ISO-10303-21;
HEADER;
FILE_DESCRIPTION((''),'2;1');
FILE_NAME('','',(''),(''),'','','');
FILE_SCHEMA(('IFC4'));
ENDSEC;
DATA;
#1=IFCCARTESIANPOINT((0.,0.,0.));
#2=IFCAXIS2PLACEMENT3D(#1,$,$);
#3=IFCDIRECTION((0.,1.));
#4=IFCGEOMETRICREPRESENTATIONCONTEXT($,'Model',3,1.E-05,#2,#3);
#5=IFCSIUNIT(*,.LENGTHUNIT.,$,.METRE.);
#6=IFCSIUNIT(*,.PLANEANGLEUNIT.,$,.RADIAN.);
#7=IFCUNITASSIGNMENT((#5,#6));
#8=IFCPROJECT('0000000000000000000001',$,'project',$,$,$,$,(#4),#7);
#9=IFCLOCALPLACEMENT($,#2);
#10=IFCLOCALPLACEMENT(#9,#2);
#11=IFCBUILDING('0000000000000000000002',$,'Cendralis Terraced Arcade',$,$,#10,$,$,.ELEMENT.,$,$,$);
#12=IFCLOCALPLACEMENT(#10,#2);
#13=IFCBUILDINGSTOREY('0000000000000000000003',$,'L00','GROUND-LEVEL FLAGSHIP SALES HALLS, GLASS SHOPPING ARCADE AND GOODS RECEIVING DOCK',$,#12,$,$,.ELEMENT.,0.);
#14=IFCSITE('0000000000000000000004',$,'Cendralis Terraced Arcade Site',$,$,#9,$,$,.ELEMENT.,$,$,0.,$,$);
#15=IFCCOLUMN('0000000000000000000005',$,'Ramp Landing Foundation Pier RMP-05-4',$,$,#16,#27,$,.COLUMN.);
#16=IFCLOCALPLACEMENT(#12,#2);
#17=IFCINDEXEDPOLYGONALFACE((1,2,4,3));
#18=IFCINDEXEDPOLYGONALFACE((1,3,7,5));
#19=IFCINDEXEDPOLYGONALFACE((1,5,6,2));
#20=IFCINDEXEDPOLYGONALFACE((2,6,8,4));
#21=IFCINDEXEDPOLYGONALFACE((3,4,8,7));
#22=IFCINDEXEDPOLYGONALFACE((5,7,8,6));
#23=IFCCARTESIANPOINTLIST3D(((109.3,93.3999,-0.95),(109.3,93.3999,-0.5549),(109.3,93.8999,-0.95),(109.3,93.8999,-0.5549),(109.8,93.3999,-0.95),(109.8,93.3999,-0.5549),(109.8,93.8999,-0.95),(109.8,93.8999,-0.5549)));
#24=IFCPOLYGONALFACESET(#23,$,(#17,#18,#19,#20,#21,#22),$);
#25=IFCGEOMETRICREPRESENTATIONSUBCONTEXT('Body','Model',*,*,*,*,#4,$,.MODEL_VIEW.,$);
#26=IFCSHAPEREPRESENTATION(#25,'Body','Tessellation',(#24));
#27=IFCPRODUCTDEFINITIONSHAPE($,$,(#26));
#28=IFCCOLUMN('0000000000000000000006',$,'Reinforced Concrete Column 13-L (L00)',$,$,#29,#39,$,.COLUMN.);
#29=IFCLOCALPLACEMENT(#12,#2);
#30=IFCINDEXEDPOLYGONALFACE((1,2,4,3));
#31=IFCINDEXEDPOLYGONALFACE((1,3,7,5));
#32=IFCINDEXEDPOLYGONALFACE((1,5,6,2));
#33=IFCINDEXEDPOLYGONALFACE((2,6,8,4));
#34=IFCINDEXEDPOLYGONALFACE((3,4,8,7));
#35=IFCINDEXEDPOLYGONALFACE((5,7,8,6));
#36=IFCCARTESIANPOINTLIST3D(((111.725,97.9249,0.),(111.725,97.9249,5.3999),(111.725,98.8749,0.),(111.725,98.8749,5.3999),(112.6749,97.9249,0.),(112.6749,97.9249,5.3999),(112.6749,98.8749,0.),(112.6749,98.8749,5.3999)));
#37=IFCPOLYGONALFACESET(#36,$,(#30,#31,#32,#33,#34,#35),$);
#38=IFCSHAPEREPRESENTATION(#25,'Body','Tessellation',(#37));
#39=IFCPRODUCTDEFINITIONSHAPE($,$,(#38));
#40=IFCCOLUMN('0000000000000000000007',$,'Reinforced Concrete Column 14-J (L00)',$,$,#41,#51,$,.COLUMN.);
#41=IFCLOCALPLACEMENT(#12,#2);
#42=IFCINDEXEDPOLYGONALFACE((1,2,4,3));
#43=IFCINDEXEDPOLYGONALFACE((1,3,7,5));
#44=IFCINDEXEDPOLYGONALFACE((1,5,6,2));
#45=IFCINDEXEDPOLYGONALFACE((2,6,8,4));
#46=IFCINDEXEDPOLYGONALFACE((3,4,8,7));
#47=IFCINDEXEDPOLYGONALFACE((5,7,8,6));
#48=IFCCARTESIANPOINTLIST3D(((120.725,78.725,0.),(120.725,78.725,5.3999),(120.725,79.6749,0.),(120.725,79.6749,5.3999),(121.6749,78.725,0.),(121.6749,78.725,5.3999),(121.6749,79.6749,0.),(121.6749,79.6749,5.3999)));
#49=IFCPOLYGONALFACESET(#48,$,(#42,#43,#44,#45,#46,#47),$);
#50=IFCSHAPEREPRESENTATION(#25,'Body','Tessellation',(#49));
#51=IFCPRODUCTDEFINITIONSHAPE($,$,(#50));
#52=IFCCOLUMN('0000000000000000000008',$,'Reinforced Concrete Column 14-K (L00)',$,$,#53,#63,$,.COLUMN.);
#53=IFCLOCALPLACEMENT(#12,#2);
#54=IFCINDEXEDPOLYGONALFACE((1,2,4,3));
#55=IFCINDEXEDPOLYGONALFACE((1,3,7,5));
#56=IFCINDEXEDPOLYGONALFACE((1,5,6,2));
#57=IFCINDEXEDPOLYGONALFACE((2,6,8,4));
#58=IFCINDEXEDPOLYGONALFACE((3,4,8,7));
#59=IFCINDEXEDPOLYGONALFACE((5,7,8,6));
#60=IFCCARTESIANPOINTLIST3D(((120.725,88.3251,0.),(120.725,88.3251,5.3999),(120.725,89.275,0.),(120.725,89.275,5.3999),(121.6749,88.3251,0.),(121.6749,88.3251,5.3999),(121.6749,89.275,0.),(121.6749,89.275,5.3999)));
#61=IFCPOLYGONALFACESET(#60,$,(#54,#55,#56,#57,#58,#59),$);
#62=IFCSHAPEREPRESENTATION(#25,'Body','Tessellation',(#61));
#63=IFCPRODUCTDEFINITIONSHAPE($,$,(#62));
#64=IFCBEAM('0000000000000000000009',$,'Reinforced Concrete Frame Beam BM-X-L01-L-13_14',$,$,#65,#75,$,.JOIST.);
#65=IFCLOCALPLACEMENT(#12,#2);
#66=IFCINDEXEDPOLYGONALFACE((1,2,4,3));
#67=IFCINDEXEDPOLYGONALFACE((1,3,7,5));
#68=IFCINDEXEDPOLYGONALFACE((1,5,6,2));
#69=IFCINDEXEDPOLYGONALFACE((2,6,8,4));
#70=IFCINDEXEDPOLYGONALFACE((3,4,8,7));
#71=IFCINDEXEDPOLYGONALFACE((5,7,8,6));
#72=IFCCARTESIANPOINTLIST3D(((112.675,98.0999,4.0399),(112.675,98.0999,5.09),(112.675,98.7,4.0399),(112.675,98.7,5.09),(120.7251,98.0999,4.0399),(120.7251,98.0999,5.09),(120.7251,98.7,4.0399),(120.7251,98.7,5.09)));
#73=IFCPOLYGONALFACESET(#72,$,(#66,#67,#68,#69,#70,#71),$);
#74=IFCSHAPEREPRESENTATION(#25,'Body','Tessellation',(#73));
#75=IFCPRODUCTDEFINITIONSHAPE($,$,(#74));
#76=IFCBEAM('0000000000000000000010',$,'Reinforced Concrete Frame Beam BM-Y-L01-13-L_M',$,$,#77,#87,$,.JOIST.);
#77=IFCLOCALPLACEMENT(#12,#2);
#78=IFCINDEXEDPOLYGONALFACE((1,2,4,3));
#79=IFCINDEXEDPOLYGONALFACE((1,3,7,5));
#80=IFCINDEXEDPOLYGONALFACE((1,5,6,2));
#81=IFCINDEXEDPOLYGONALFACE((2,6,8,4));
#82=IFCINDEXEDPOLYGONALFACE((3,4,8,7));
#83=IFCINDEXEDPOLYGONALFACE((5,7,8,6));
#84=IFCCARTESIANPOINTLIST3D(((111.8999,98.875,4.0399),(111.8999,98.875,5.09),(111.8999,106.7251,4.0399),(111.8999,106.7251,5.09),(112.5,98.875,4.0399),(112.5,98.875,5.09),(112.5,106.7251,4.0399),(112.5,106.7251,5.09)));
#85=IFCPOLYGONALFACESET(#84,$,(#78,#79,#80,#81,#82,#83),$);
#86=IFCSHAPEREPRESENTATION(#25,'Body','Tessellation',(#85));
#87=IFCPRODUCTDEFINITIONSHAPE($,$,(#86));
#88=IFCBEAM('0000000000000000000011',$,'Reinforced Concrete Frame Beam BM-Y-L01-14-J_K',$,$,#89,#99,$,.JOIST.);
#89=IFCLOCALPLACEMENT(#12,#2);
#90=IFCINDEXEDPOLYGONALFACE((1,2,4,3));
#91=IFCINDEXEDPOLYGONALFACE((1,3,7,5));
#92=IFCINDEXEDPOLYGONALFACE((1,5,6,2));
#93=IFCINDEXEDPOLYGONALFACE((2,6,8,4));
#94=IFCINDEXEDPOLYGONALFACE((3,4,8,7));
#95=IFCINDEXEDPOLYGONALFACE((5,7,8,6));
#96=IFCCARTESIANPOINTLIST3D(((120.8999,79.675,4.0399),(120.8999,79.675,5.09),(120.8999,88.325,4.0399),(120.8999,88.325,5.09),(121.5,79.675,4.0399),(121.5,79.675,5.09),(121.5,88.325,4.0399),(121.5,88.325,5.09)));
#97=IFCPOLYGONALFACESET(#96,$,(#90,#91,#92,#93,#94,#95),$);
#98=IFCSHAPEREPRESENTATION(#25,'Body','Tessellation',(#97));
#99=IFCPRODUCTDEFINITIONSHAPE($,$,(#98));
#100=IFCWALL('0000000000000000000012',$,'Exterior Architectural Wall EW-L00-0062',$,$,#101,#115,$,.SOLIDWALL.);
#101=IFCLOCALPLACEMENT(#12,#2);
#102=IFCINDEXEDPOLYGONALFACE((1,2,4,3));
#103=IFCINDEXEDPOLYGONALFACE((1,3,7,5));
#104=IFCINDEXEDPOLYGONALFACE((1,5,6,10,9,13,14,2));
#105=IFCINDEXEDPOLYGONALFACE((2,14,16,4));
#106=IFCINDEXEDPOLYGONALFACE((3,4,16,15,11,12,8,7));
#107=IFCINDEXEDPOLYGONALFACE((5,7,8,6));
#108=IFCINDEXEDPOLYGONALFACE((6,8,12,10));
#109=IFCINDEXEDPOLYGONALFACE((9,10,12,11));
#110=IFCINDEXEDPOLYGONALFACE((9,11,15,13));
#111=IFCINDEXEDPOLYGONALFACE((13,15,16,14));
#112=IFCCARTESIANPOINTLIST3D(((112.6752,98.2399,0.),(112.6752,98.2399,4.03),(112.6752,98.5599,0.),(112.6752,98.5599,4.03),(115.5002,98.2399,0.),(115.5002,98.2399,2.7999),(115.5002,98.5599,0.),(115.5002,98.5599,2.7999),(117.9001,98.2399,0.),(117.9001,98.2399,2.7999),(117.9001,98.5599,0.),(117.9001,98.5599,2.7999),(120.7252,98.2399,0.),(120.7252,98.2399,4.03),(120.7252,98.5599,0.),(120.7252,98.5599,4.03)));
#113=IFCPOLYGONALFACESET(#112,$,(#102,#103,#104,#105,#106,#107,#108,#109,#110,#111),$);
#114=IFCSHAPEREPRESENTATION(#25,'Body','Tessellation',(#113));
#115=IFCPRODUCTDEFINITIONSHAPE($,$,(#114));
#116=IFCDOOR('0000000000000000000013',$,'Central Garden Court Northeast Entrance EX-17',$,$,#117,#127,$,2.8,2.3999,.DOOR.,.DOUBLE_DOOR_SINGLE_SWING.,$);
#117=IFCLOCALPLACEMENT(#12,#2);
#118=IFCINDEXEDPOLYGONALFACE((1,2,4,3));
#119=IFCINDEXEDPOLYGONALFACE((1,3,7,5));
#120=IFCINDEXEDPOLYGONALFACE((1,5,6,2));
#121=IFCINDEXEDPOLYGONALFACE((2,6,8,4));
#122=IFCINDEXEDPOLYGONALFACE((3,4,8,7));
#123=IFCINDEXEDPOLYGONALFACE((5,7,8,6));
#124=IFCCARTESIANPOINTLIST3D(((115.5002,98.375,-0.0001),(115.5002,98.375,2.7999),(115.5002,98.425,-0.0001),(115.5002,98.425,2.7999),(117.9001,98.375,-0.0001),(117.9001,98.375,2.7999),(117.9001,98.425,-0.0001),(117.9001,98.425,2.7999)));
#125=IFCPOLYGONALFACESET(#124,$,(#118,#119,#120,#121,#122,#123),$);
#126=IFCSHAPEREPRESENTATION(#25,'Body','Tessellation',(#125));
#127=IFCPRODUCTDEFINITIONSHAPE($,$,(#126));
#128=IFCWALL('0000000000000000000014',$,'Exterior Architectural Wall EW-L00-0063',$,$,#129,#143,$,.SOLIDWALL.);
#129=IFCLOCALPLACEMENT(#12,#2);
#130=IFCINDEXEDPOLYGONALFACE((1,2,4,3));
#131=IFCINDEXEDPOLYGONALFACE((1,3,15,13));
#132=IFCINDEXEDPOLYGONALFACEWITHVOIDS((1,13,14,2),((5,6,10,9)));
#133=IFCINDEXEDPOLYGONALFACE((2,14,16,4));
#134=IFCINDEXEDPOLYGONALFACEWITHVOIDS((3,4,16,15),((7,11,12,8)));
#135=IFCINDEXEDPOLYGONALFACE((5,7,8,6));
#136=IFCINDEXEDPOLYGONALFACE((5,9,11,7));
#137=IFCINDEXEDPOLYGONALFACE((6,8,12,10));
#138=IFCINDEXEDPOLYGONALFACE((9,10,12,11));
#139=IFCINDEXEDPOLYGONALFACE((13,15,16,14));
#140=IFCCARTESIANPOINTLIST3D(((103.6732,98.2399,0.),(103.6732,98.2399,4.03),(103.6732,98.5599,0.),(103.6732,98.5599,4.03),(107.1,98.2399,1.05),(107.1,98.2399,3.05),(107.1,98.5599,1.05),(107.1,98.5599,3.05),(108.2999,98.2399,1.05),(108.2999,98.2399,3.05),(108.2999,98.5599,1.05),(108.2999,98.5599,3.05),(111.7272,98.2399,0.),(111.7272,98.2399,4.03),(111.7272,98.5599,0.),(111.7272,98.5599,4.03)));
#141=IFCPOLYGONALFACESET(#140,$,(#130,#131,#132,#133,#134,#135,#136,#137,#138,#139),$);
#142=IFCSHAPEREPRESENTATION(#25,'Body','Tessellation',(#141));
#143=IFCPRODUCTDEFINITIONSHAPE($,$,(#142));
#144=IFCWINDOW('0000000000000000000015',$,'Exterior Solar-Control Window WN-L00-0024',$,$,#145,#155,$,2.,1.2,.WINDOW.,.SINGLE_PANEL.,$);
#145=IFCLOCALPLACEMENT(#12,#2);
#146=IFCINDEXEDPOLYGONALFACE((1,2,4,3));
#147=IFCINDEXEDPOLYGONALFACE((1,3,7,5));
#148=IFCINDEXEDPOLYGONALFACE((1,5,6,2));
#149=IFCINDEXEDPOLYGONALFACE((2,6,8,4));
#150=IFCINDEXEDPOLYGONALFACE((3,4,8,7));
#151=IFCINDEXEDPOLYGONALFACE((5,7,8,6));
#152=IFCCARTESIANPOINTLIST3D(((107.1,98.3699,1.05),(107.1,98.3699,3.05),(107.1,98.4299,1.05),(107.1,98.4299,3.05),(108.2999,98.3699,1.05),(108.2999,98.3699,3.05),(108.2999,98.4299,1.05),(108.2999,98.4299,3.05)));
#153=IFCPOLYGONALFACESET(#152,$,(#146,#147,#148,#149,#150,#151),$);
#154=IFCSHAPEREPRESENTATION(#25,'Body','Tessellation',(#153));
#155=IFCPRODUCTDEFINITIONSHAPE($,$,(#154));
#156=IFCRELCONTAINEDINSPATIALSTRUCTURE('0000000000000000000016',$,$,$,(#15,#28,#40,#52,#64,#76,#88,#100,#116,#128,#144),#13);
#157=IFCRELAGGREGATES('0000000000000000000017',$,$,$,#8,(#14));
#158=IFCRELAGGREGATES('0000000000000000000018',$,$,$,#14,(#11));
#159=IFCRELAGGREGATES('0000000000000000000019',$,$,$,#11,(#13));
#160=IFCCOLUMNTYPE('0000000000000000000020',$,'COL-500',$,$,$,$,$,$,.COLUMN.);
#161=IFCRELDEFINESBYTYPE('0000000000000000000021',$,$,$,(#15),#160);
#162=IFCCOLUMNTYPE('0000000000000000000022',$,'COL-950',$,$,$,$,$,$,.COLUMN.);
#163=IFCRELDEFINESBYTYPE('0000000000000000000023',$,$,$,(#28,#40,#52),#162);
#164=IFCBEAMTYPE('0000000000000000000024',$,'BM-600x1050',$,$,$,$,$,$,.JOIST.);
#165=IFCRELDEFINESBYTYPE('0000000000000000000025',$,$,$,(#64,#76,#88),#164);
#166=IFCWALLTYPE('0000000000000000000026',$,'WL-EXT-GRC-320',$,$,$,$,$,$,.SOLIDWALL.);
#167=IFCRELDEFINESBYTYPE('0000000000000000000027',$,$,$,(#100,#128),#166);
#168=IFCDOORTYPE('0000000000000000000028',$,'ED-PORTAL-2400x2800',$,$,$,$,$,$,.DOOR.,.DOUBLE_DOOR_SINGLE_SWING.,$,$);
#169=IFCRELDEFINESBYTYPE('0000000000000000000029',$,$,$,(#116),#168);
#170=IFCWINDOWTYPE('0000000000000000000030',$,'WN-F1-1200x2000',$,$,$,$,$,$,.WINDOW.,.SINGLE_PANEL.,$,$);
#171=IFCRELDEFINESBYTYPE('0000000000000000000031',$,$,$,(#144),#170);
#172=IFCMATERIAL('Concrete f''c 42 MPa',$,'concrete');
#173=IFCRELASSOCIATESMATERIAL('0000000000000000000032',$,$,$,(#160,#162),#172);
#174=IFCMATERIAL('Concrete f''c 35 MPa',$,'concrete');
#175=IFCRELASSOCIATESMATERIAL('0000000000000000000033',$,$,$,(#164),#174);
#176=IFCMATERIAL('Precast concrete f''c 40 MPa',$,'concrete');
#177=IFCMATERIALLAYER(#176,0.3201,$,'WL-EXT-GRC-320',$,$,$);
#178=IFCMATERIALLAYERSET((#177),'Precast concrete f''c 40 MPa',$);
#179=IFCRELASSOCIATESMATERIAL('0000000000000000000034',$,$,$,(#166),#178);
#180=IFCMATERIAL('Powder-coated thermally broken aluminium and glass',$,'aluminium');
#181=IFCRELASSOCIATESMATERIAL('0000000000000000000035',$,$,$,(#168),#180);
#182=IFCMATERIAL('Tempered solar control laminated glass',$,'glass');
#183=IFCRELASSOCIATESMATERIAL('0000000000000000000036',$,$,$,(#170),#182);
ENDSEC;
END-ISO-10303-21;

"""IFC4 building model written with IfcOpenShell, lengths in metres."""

from ifc_helpers import new_model, si_unit, direction, frame, frame_2d, origin, origin_2d, place, context, subcontext, project, spatial, rectangle, extrude, material, layer, layer_set, material_profile, profile_set, type_object, element, fill, save


model = new_model("IFC4")

# Units and contexts
model_context = context("Model", 3, precision=1e-05, world=origin(), true_north=direction((0.0, 1.0)))
body_context = subcontext(model_context, "Body", "Model", "MODEL_VIEW")
ifc_project = project(units=[si_unit("LENGTHUNIT", "METRE"), si_unit("PLANEANGLEUNIT", "RADIAN")], contexts=[model_context])

# Site, building, storey
site_placement = place(None, origin())
site = spatial("IfcSite", under=ifc_project, at=site_placement, Name="Cendralis Terraced Arcade Site", CompositionType="ELEMENT", RefElevation=0.0)
building_placement = place(site_placement, origin())
building = spatial("IfcBuilding", under=site, at=building_placement, Name="Cendralis Terraced Arcade", CompositionType="ELEMENT")
storey_placement = place(building_placement, origin())
storey = spatial("IfcBuildingStorey", under=building, at=storey_placement, Name="L00", Description="GROUND-LEVEL FLAGSHIP SALES HALLS, GLASS SHOPPING ARCADE AND GOODS RECEIVING DOCK", CompositionType="ELEMENT", Elevation=0.0)

# Shared definitions
ifc_material_1 = material(Name="Concrete f'c 35 MPa", Category="concrete")

# Columns
ifc_material_2 = material(Name="Concrete f'c 42 MPa", Category="concrete")
ifc_material_profile_1 = material_profile(ifc_material_2, rectangle(XDim=0.5, YDim=0.5, at=origin_2d()), Name="RC-COL-500x500", Category="LoadBearing")
ifc_profile_set_1 = profile_set([ifc_material_profile_1], Name="Concrete f'c 42 MPa")
column_type_1 = type_object("IfcColumnType", Name="COL-500", PredefinedType="COLUMN", material=ifc_profile_set_1)
for number, where, z_axis, x_axis, name in (
    (1, (109.55, 93.6499, -0.95), (0.0, 0.0, 1.0), (1.0, 0.0, 0.0), "Ramp Landing Foundation Pier RMP-05-4"),
):
    element("IfcColumn", number, at=place(storey_placement, frame(where, z_axis=z_axis, x_axis=x_axis)), inside=storey, type_object=column_type_1, Name=name, PredefinedType="COLUMN", context=body_context, shape_type="SweptSolid", body=[
        extrude(rectangle(XDim=0.5, YDim=0.5, at=origin_2d()), origin(), (0.0, 0.0, 1.0), 0.395),
    ])
ifc_material_profile_2 = material_profile(ifc_material_2, rectangle(XDim=0.95, YDim=0.95, at=origin_2d()), Name="RC-COL-950x950", Category="LoadBearing")
ifc_profile_set_2 = profile_set([ifc_material_profile_2], Name="Concrete f'c 42 MPa")
column_type_2 = type_object("IfcColumnType", Name="COL-950", PredefinedType="COLUMN", material=ifc_profile_set_2)
for number, where, z_axis, x_axis, name in (
    (2, (112.2, 98.3999, 0.0), (0.0, 0.0, 1.0), (1.0, 0.0, 0.0), "Reinforced Concrete Column 13-L (L00)"),
    (3, (121.2, 79.2, 0.0), (0.0, 0.0, 1.0), (1.0, 0.0, 0.0), "Reinforced Concrete Column 14-J (L00)"),
    (4, (121.2, 88.8, 0.0), (0.0, 0.0, 1.0), (1.0, 0.0, 0.0), "Reinforced Concrete Column 14-K (L00)"),
):
    element("IfcColumn", number, at=place(storey_placement, frame(where, z_axis=z_axis, x_axis=x_axis)), inside=storey, type_object=column_type_2, Name=name, PredefinedType="COLUMN", context=body_context, shape_type="SweptSolid", body=[
        extrude(rectangle(XDim=0.95, YDim=0.95, at=origin_2d()), origin(), (0.0, 0.0, 1.0), 5.3999),
    ])

# Beams
ifc_material_profile_3 = material_profile(ifc_material_1, rectangle(XDim=0.6001, YDim=1.05, at=origin_2d()), Name="RC-BM-600x1050", Category="LoadBearing")
ifc_profile_set_3 = profile_set([ifc_material_profile_3], Name="Concrete f'c 35 MPa")
beam_type = type_object("IfcBeamType", Name="BM-600x1050", PredefinedType="JOIST", material=ifc_profile_set_3)
beam_1_placement = place(storey_placement, frame((112.675, 98.3999, 4.5649), z_axis=(1.0, 0.0, 0.0), x_axis=(0.0, 1.0, 0.0)))
element("IfcBeam", 5, at=beam_1_placement, inside=storey, type_object=beam_type, Name="Reinforced Concrete Frame Beam BM-X-L01-L-13_14", PredefinedType="JOIST", context=body_context, shape_type="SweptSolid", body=[
    extrude(rectangle(XDim=0.6001, YDim=1.05, at=origin_2d()), origin(), (0.0, 0.0, 1.0), 8.05),
])
beam_2_placement = place(storey_placement, frame((112.2, 98.875, 4.5649), z_axis=(0.0, 1.0, 0.0), x_axis=(-1.0, 0.0, 0.0)))
element("IfcBeam", 6, at=beam_2_placement, inside=storey, type_object=beam_type, Name="Reinforced Concrete Frame Beam BM-Y-L01-13-L_M", PredefinedType="JOIST", context=body_context, shape_type="SweptSolid", body=[
    extrude(rectangle(XDim=0.6001, YDim=1.05, at=origin_2d()), origin(), (0.0, 0.0, 1.0), 7.8501),
])
beam_3_placement = place(storey_placement, frame((121.2, 79.675, 4.5649), z_axis=(0.0, 1.0, 0.0), x_axis=(-1.0, 0.0, 0.0)))
element("IfcBeam", 7, at=beam_3_placement, inside=storey, type_object=beam_type, Name="Reinforced Concrete Frame Beam BM-Y-L01-14-J_K", PredefinedType="JOIST", context=body_context, shape_type="SweptSolid", body=[
    extrude(rectangle(XDim=0.6001, YDim=1.05, at=origin_2d()), origin(), (0.0, 0.0, 1.0), 8.6499),
])

# Wall, opening, door
ifc_material_3 = material(Name="Precast concrete f'c 40 MPa", Category="concrete")
ifc_layer_1 = layer(ifc_material_3, 0.3201, Name="WL-EXT-GRC-320")
ifc_layer_set_1 = layer_set([ifc_layer_1], Name="Precast concrete f'c 40 MPa")
wall_type = type_object("IfcWallType", Name="WL-EXT-GRC-320", PredefinedType="SOLIDWALL", material=ifc_layer_set_1)
wall_1_placement = place(storey_placement, frame((120.7251, 98.3999, 0.0), z_axis=(0.0, 0.0, 1.0), x_axis=(-1.0, 0.0, 0.0)))
wall_1 = element("IfcWall", 8, at=wall_1_placement, inside=storey, type_object=wall_type, Name="Exterior Architectural Wall EW-L00-0062", PredefinedType="SOLIDWALL", context=body_context, shape_type="SweptSolid", body=[
    extrude(rectangle(XDim=8.05, YDim=0.3201, at=frame_2d((4.0249, 0.0))), origin(), (0.0, 0.0, 1.0), 4.03),
])
opening_1_placement = place(wall_1_placement, frame((2.825, 0.0, 0.0)))
opening_1 = element("IfcOpeningElement", 9, at=opening_1_placement, cuts=wall_1, PredefinedType="OPENING", context=body_context, shape_type="SweptSolid", body=[
    extrude(rectangle(XDim=2.3999, YDim=2.8, at=frame_2d((1.2, 1.3999))), frame((0.0, 0.1719, 0.0), z_axis=(0.0, -1.0, 0.0), x_axis=(1.0, 0.0, 0.0)), (0.0, 0.0, 1.0), 0.344),
])
ifc_material_4 = material(Name="Powder-coated thermally broken aluminium and glass", Category="aluminium")
door_type = type_object("IfcDoorType", Name="ED-PORTAL-2400x2800", OperationType="DOUBLE_DOOR_SINGLE_SWING", PredefinedType="DOOR", material=ifc_material_4)
door_placement = place(opening_1_placement, origin())
door = element("IfcDoor", 10, at=door_placement, inside=storey, type_object=door_type, Name="Central Garden Court Northeast Entrance EX-17", OperationType="DOUBLE_DOOR_SINGLE_SWING", OverallHeight=2.8, OverallWidth=2.3999, PredefinedType="DOOR", context=body_context, shape_type="SweptSolid", body=[
    extrude(rectangle(XDim=2.3999, YDim=2.8, at=frame_2d((1.2, 1.3999))), frame((0.0, 0.0249, 0.0), z_axis=(0.0, -1.0, 0.0), x_axis=(1.0, 0.0, 0.0)), (0.0, 0.0, 1.0), 0.05),
])
fill(opening_1, door)

# Wall, opening, window
wall_2_placement = place(storey_placement, frame((111.7271, 98.3999, 0.0), z_axis=(0.0, 0.0, 1.0), x_axis=(-1.0, 0.0, 0.0)))
wall_2 = element("IfcWall", 11, at=wall_2_placement, inside=storey, type_object=wall_type, Name="Exterior Architectural Wall EW-L00-0063", PredefinedType="SOLIDWALL", context=body_context, shape_type="SweptSolid", body=[
    extrude(rectangle(XDim=8.054, YDim=0.3201, at=frame_2d((4.0269, 0.0))), origin(), (0.0, 0.0, 1.0), 4.03),
])
opening_2_placement = place(wall_2_placement, frame((3.427, 0.0, 1.05)))
opening_2 = element("IfcOpeningElement", 12, at=opening_2_placement, cuts=wall_2, PredefinedType="OPENING", context=body_context, shape_type="SweptSolid", body=[
    extrude(rectangle(XDim=1.2, YDim=2.0, at=frame_2d((0.6001, 1.0))), frame((0.0, 0.1719, 0.0), z_axis=(0.0, -1.0, 0.0), x_axis=(1.0, 0.0, 0.0)), (0.0, 0.0, 1.0), 0.344),
])
ifc_material_5 = material(Name="Tempered solar control laminated glass", Category="glass")
window_type_1 = type_object("IfcWindowType", Name="WN-F1-1200x2000", PartitioningType="SINGLE_PANEL", PredefinedType="WINDOW", material=ifc_material_5)
window_1_placement = place(opening_2_placement, origin())
window_1 = element("IfcWindow", 13, at=window_1_placement, inside=storey, type_object=window_type_1, Name="Exterior Solar-Control Window WN-L00-0024", OverallHeight=2.0, OverallWidth=1.2, PartitioningType="SINGLE_PANEL", PredefinedType="WINDOW", context=body_context, shape_type="SweptSolid", body=[
    extrude(rectangle(XDim=1.2, YDim=2.0, at=frame_2d((0.6001, 1.0))), frame((0.0, 0.03, 0.0), z_axis=(0.0, -1.0, 0.0), x_axis=(1.0, 0.0, 0.0)), (0.0, 0.0, 1.0), 0.0601),
])
fill(opening_2, window_1)

save(model, "model.ifc")
